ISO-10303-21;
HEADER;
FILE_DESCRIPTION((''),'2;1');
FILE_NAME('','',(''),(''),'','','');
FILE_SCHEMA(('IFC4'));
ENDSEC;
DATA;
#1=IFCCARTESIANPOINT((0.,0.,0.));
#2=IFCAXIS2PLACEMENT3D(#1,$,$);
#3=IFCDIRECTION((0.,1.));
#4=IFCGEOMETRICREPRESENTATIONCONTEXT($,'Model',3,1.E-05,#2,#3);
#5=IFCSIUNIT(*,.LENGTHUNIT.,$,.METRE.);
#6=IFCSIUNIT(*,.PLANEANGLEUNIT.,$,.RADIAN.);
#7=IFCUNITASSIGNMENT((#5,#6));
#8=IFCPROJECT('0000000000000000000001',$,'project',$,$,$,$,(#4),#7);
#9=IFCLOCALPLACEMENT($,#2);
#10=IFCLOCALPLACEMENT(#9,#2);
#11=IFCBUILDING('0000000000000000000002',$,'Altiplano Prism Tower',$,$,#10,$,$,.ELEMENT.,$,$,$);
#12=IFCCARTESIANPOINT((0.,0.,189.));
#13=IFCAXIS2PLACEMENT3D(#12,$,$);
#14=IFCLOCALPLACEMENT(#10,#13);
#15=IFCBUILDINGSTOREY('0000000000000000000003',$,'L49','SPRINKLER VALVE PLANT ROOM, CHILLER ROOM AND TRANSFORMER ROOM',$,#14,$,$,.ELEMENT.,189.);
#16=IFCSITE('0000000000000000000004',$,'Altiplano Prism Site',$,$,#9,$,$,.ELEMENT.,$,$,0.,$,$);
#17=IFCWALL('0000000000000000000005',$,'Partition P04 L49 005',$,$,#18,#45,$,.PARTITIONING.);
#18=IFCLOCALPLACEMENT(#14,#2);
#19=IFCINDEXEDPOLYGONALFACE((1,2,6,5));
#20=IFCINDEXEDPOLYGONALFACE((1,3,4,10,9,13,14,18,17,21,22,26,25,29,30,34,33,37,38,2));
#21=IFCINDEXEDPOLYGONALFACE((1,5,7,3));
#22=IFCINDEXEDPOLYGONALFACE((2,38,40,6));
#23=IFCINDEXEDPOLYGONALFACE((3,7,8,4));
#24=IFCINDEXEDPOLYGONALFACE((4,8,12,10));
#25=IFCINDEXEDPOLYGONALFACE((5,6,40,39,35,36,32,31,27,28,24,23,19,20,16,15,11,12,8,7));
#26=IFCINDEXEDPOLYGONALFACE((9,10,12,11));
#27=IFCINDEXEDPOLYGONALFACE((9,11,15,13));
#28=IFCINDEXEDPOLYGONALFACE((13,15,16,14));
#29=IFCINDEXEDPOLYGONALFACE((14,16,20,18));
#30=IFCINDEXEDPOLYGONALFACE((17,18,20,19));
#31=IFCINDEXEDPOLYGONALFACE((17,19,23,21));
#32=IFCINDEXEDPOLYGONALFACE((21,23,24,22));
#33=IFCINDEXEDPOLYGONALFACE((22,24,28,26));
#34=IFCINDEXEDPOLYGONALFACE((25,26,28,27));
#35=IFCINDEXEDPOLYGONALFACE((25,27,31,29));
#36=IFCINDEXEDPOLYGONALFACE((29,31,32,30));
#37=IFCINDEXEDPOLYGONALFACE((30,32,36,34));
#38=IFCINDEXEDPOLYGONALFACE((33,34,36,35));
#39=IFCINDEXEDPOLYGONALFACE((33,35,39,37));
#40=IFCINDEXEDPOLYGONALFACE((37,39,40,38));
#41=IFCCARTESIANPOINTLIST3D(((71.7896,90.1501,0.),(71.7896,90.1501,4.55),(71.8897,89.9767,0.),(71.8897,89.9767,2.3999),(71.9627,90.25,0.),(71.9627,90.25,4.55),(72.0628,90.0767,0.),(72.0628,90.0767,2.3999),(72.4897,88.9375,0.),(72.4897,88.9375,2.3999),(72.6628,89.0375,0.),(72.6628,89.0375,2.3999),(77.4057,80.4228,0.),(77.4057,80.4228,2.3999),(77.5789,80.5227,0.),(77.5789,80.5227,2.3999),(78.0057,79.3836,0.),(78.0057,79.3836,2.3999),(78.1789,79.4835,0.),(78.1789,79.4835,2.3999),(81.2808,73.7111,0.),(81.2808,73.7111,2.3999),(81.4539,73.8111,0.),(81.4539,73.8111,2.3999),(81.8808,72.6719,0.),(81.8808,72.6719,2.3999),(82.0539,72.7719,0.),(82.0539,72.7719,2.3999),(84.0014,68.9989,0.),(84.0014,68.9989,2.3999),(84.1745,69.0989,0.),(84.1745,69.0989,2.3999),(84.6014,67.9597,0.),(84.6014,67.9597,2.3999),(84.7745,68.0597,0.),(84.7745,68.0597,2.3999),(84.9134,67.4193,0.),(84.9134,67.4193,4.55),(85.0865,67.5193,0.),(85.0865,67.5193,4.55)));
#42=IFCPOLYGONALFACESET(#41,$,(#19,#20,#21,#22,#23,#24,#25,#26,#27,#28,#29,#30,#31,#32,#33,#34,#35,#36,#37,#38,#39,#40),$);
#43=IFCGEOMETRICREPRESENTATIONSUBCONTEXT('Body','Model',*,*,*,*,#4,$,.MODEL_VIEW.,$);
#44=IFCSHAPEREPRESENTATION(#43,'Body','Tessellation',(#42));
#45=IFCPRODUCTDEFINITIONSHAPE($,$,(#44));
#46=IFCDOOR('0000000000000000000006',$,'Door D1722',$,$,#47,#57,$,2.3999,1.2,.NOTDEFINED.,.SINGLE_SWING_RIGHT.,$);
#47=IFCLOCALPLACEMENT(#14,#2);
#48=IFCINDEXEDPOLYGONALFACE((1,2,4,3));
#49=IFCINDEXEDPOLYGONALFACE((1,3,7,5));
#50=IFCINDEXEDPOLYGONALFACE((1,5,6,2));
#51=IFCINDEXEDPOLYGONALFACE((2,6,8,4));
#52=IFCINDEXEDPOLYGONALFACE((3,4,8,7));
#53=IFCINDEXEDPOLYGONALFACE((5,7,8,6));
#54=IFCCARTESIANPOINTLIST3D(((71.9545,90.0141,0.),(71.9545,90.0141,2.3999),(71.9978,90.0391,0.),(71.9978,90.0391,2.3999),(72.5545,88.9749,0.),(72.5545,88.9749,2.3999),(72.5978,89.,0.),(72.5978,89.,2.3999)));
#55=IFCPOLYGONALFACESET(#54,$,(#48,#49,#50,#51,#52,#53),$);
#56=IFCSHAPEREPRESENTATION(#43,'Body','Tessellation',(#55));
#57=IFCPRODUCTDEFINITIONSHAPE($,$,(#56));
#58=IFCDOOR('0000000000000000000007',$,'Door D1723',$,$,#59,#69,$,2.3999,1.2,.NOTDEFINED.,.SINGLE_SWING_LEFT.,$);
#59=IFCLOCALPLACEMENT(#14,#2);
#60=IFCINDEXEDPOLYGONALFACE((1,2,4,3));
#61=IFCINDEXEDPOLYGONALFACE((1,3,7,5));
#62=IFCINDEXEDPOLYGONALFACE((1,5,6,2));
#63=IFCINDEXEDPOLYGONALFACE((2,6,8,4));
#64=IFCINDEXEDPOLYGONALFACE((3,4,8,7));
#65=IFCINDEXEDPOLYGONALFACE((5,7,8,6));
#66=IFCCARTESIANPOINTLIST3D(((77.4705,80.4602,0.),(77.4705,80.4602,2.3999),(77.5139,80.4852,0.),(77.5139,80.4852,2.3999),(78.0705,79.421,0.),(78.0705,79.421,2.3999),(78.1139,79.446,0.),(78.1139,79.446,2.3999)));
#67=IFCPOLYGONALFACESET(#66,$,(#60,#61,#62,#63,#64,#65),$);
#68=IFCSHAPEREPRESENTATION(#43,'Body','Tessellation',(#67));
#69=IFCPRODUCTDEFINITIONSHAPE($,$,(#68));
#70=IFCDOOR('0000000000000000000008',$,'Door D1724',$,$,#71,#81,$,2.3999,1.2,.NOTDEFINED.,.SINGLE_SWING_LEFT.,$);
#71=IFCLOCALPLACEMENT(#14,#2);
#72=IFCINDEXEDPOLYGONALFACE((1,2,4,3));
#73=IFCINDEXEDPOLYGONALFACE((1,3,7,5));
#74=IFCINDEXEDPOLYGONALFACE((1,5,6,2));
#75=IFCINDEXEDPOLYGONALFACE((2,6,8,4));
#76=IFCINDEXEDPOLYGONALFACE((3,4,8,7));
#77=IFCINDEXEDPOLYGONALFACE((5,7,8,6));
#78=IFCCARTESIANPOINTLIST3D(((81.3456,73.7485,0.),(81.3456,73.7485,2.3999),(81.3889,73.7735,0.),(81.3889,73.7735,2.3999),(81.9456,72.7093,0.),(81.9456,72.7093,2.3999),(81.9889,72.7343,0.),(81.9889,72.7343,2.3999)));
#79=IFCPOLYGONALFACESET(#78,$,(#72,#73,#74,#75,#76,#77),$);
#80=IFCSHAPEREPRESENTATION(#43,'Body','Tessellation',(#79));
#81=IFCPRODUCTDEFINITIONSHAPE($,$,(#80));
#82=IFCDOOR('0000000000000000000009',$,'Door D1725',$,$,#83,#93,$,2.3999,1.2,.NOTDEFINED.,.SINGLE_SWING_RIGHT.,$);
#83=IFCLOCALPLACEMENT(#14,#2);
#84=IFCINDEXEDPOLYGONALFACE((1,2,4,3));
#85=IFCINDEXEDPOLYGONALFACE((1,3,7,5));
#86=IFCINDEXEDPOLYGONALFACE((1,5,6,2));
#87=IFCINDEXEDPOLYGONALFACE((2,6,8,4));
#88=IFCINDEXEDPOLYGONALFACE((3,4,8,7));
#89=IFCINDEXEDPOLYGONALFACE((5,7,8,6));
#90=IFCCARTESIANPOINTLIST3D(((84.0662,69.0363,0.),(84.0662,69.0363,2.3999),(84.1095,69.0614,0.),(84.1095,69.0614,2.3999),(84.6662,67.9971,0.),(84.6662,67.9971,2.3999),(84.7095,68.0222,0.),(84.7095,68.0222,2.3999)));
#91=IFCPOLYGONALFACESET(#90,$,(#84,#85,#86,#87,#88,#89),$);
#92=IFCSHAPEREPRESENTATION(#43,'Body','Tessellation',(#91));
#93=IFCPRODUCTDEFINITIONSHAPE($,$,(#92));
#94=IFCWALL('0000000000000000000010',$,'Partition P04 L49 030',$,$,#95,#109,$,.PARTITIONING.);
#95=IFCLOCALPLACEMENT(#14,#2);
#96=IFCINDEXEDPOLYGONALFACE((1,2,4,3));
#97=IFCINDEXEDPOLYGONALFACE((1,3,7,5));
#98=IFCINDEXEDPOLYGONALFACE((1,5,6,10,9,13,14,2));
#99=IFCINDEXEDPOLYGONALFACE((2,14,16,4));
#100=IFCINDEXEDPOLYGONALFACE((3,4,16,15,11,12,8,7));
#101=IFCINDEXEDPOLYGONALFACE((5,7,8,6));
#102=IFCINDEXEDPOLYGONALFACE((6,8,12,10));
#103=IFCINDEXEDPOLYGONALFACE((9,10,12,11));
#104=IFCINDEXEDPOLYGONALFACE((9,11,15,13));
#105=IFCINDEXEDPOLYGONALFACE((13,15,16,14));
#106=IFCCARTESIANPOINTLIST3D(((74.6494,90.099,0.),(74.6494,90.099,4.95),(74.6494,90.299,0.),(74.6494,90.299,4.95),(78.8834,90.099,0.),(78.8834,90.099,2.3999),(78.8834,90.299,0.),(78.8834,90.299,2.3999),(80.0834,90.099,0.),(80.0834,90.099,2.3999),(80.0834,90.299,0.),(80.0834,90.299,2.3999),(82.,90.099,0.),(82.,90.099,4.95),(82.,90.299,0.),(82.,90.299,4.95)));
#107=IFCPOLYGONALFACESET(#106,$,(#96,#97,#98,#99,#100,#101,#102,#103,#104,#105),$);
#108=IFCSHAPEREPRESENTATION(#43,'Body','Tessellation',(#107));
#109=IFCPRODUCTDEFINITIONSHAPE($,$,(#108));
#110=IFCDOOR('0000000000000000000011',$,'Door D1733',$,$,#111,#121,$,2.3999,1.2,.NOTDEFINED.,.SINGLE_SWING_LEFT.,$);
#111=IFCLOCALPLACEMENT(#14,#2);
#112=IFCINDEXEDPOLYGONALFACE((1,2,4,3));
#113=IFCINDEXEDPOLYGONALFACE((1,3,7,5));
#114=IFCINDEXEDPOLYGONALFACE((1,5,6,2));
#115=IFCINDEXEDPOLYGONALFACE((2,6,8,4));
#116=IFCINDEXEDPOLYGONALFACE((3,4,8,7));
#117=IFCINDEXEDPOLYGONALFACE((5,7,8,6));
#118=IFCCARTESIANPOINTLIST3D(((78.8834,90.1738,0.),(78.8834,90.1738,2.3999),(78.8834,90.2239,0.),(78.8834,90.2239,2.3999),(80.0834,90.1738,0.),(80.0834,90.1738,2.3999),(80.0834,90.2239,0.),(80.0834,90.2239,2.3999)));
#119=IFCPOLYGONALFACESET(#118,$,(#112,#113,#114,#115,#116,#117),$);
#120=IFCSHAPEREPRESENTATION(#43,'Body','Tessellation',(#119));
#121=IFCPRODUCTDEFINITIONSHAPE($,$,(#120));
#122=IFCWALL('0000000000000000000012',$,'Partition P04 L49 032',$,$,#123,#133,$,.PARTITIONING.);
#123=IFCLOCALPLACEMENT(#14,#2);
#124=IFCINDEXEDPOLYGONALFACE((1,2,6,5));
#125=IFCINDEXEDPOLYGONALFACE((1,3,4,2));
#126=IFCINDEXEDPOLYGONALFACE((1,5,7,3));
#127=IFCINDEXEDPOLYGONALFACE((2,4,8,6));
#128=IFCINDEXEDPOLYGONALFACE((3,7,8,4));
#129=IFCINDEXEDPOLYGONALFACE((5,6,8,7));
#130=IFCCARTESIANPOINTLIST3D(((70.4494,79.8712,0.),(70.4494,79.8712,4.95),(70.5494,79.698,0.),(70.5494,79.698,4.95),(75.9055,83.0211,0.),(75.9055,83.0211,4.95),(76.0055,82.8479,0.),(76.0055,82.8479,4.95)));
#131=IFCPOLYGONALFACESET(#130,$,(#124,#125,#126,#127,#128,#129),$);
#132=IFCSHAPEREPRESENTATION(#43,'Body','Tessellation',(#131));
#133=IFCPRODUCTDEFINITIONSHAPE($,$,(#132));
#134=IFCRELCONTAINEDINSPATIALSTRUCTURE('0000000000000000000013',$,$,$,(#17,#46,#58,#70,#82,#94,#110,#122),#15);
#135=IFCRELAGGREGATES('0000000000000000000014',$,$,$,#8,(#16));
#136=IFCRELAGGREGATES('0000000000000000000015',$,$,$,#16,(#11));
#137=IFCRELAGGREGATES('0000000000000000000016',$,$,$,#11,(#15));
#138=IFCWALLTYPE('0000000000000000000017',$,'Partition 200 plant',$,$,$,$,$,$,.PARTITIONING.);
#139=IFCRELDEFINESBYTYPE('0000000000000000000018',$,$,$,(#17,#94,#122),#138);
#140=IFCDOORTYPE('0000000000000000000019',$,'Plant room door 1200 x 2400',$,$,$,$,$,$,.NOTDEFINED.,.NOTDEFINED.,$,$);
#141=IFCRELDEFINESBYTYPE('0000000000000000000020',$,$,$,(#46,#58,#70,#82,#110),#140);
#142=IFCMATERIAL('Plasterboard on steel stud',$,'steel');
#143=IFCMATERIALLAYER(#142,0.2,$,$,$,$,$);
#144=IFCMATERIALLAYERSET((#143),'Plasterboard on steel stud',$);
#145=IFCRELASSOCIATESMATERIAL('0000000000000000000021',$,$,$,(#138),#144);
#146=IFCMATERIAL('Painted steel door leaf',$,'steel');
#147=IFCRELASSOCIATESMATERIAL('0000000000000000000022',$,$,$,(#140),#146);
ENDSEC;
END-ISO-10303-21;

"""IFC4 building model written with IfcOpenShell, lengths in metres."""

from ifc_helpers import new_model, si_unit, direction, frame, frame_2d, origin, place, context, subcontext, project, spatial, rectangle, extrude, material, layer, layer_set, type_object, element, fill, save


model = new_model("IFC4")

# Units and contexts
model_context = context("Model", 3, precision=1e-05, world=origin(), true_north=direction((0.0, 1.0)))
body_context = subcontext(model_context, "Body", "Model", "MODEL_VIEW")
ifc_project = project(units=[si_unit("LENGTHUNIT", "METRE"), si_unit("PLANEANGLEUNIT", "RADIAN")], contexts=[model_context])

# Site, building, storey
site_placement = place(None, origin())
site = spatial("IfcSite", under=ifc_project, at=site_placement, Name="Altiplano Prism Site", CompositionType="ELEMENT", RefElevation=0.0)
building_placement = place(site_placement, origin())
building = spatial("IfcBuilding", under=site, at=building_placement, Name="Altiplano Prism Tower", CompositionType="ELEMENT")
storey_placement = place(building_placement, frame((0.0, 0.0, 189.0)))
storey = spatial("IfcBuildingStorey", under=building, at=storey_placement, Name="L49", Description="SPRINKLER VALVE PLANT ROOM, CHILLER ROOM AND TRANSFORMER ROOM", CompositionType="ELEMENT", Elevation=189.0)

# Shared definitions
ifc_material_1 = material(Name="Plasterboard on steel stud", Category="steel")
ifc_layer_1 = layer(ifc_material_1, 0.2)
ifc_layer_set_1 = layer_set([ifc_layer_1], Name="Plasterboard on steel stud")
wall_type = type_object("IfcWallType", Name="Partition 200 plant", PredefinedType="PARTITIONING", material=ifc_layer_set_1)

# Wall, openings, doors
wall_1_placement = place(storey_placement, frame((71.8762, 90.2, 0.0), z_axis=(0.0, 0.0, 1.0), x_axis=(0.500006, -0.866022, 0.0)))
wall_1 = element("IfcWall", 1, at=wall_1_placement, inside=storey, type_object=wall_type, Name="Partition P04 L49 005", PredefinedType="PARTITIONING", context=body_context, shape_type="SweptSolid", body=[
    extrude(rectangle(XDim=26.2473, YDim=0.2, at=frame_2d((13.1235, 0.0))), origin(), (0.0, 0.0, 1.0), 4.55),
])
opening_1_placement = place(wall_1_placement, frame((0.2, 0.0, 0.0)))
opening_1 = element("IfcOpeningElement", 2, at=opening_1_placement, cuts=wall_1, PredefinedType="OPENING", context=body_context, shape_type="SweptSolid", body=[
    extrude(rectangle(XDim=1.2, YDim=2.3999, at=frame_2d((0.6001, 1.2))), frame((0.0, 0.1104, 0.0), z_axis=(0.0, -1.0, 0.0), x_axis=(1.0, 0.0, 0.0)), (0.0, 0.0, 1.0), 0.2209),
])
opening_2_placement = place(wall_1_placement, frame((11.2319, 0.0, 0.0)))
opening_2 = element("IfcOpeningElement", 3, at=opening_2_placement, cuts=wall_1, PredefinedType="OPENING", context=body_context, shape_type="SweptSolid", body=[
    extrude(rectangle(XDim=1.2, YDim=2.3999, at=frame_2d((0.6001, 1.2))), frame((0.0, 0.1104, 0.0), z_axis=(0.0, -1.0, 0.0), x_axis=(1.0, 0.0, 0.0)), (0.0, 0.0, 1.0), 0.2209),
])
opening_3_placement = place(wall_1_placement, frame((18.9819, 0.0, 0.0)))
opening_3 = element("IfcOpeningElement", 4, at=opening_3_placement, cuts=wall_1, PredefinedType="OPENING", context=body_context, shape_type="SweptSolid", body=[
    extrude(rectangle(XDim=1.2, YDim=2.3999, at=frame_2d((0.6001, 1.2))), frame((0.0, 0.1104, 0.0), z_axis=(0.0, -1.0, 0.0), x_axis=(1.0, 0.0, 0.0)), (0.0, 0.0, 1.0), 0.2209),
])
opening_4_placement = place(wall_1_placement, frame((24.4231, 0.0, 0.0)))
opening_4 = element("IfcOpeningElement", 5, at=opening_4_placement, cuts=wall_1, PredefinedType="OPENING", context=body_context, shape_type="SweptSolid", body=[
    extrude(rectangle(XDim=1.2, YDim=2.3999, at=frame_2d((0.6001, 1.2))), frame((0.0, 0.1104, 0.0), z_axis=(0.0, -1.0, 0.0), x_axis=(1.0, 0.0, 0.0)), (0.0, 0.0, 1.0), 0.2209),
])
ifc_material_2 = material(Name="Painted steel door leaf", Category="steel")
door_type = type_object("IfcDoorType", Name="Plant room door 1200 x 2400", OperationType="NOTDEFINED", PredefinedType="NOTDEFINED", material=ifc_material_2)
door_1_placement = place(opening_1_placement, origin())
door_1 = element("IfcDoor", 6, at=door_1_placement, inside=storey, type_object=door_type, Name="Door D1722", OperationType="SINGLE_SWING_RIGHT", OverallHeight=2.3999, OverallWidth=1.2, PredefinedType="NOTDEFINED", context=body_context, shape_type="SweptSolid", body=[
    extrude(rectangle(XDim=1.2, YDim=2.3999, at=frame_2d((0.6001, 1.2))), frame((0.0, 0.0249, 0.0), z_axis=(0.0, -1.0, 0.0), x_axis=(1.0, 0.0, 0.0)), (0.0, 0.0, 1.0), 0.05),
])
fill(opening_1, door_1)
door_2_placement = place(opening_2_placement, origin())
door_2 = element("IfcDoor", 7, at=door_2_placement, inside=storey, type_object=door_type, Name="Door D1723", OperationType="SINGLE_SWING_LEFT", OverallHeight=2.3999, OverallWidth=1.2, PredefinedType="NOTDEFINED", context=body_context, shape_type="SweptSolid", body=[
    extrude(rectangle(XDim=1.2, YDim=2.3999, at=frame_2d((0.6001, 1.2))), frame((0.0, 0.0249, 0.0), z_axis=(0.0, -1.0, 0.0), x_axis=(1.0, 0.0, 0.0)), (0.0, 0.0, 1.0), 0.05),
])
fill(opening_2, door_2)
door_3_placement = place(opening_3_placement, origin())
door_3 = element("IfcDoor", 8, at=door_3_placement, inside=storey, type_object=door_type, Name="Door D1724", OperationType="SINGLE_SWING_LEFT", OverallHeight=2.3999, OverallWidth=1.2, PredefinedType="NOTDEFINED", context=body_context, shape_type="SweptSolid", body=[
    extrude(rectangle(XDim=1.2, YDim=2.3999, at=frame_2d((0.6001, 1.2))), frame((0.0, 0.0249, 0.0), z_axis=(0.0, -1.0, 0.0), x_axis=(1.0, 0.0, 0.0)), (0.0, 0.0, 1.0), 0.05),
])
fill(opening_3, door_3)
door_4_placement = place(opening_4_placement, origin())
door_4 = element("IfcDoor", 9, at=door_4_placement, inside=storey, type_object=door_type, Name="Door D1725", OperationType="SINGLE_SWING_RIGHT", OverallHeight=2.3999, OverallWidth=1.2, PredefinedType="NOTDEFINED", context=body_context, shape_type="SweptSolid", body=[
    extrude(rectangle(XDim=1.2, YDim=2.3999, at=frame_2d((0.6001, 1.2))), frame((0.0, 0.0249, 0.0), z_axis=(0.0, -1.0, 0.0), x_axis=(1.0, 0.0, 0.0)), (0.0, 0.0, 1.0), 0.05),
])
fill(opening_4, door_4)

# Wall, opening, door
wall_2_placement = place(storey_placement, frame((74.6494, 90.199, 0.0), z_axis=(0.0, 0.0, 1.0), x_axis=(1.0, 0.0, 0.0)))
wall_2 = element("IfcWall", 10, at=wall_2_placement, inside=storey, type_object=wall_type, Name="Partition P04 L49 030", PredefinedType="PARTITIONING", context=body_context, shape_type="SweptSolid", body=[
    extrude(rectangle(XDim=7.3506, YDim=0.2, at=frame_2d((3.6753, 0.0))), origin(), (0.0, 0.0, 1.0), 4.95),
])
opening_5_placement = place(wall_2_placement, frame((4.2339, 0.0, 0.0)))
opening_5 = element("IfcOpeningElement", 11, at=opening_5_placement, cuts=wall_2, PredefinedType="OPENING", context=body_context, shape_type="SweptSolid", body=[
    extrude(rectangle(XDim=1.2, YDim=2.3999, at=frame_2d((0.6001, 1.2))), frame((0.0, 0.1104, 0.0), z_axis=(0.0, -1.0, 0.0), x_axis=(1.0, 0.0, 0.0)), (0.0, 0.0, 1.0), 0.2209),
])
door_5_placement = place(opening_5_placement, origin())
door_5 = element("IfcDoor", 12, at=door_5_placement, inside=storey, type_object=door_type, Name="Door D1733", OperationType="SINGLE_SWING_LEFT", OverallHeight=2.3999, OverallWidth=1.2, PredefinedType="NOTDEFINED", context=body_context, shape_type="SweptSolid", body=[
    extrude(rectangle(XDim=1.2, YDim=2.3999, at=frame_2d((0.6001, 1.2))), frame((0.0, 0.0249, 0.0), z_axis=(0.0, -1.0, 0.0), x_axis=(1.0, 0.0, 0.0)), (0.0, 0.0, 1.0), 0.05),
])
fill(opening_5, door_5)

# Wall
wall_3_placement = place(storey_placement, frame((70.4995, 79.7847, 0.0), z_axis=(0.0, 0.0, 1.0), x_axis=(0.866036, 0.499982, 0.0)))
element("IfcWall", 13, at=wall_3_placement, inside=storey, type_object=wall_type, Name="Partition P04 L49 032", PredefinedType="PARTITIONING", context=body_context, shape_type="SweptSolid", body=[
    extrude(rectangle(XDim=6.3, YDim=0.2, at=frame_2d((3.1499, 0.0))), origin(), (0.0, 0.0, 1.0), 4.95),
])

save(model, "model.ifc")
